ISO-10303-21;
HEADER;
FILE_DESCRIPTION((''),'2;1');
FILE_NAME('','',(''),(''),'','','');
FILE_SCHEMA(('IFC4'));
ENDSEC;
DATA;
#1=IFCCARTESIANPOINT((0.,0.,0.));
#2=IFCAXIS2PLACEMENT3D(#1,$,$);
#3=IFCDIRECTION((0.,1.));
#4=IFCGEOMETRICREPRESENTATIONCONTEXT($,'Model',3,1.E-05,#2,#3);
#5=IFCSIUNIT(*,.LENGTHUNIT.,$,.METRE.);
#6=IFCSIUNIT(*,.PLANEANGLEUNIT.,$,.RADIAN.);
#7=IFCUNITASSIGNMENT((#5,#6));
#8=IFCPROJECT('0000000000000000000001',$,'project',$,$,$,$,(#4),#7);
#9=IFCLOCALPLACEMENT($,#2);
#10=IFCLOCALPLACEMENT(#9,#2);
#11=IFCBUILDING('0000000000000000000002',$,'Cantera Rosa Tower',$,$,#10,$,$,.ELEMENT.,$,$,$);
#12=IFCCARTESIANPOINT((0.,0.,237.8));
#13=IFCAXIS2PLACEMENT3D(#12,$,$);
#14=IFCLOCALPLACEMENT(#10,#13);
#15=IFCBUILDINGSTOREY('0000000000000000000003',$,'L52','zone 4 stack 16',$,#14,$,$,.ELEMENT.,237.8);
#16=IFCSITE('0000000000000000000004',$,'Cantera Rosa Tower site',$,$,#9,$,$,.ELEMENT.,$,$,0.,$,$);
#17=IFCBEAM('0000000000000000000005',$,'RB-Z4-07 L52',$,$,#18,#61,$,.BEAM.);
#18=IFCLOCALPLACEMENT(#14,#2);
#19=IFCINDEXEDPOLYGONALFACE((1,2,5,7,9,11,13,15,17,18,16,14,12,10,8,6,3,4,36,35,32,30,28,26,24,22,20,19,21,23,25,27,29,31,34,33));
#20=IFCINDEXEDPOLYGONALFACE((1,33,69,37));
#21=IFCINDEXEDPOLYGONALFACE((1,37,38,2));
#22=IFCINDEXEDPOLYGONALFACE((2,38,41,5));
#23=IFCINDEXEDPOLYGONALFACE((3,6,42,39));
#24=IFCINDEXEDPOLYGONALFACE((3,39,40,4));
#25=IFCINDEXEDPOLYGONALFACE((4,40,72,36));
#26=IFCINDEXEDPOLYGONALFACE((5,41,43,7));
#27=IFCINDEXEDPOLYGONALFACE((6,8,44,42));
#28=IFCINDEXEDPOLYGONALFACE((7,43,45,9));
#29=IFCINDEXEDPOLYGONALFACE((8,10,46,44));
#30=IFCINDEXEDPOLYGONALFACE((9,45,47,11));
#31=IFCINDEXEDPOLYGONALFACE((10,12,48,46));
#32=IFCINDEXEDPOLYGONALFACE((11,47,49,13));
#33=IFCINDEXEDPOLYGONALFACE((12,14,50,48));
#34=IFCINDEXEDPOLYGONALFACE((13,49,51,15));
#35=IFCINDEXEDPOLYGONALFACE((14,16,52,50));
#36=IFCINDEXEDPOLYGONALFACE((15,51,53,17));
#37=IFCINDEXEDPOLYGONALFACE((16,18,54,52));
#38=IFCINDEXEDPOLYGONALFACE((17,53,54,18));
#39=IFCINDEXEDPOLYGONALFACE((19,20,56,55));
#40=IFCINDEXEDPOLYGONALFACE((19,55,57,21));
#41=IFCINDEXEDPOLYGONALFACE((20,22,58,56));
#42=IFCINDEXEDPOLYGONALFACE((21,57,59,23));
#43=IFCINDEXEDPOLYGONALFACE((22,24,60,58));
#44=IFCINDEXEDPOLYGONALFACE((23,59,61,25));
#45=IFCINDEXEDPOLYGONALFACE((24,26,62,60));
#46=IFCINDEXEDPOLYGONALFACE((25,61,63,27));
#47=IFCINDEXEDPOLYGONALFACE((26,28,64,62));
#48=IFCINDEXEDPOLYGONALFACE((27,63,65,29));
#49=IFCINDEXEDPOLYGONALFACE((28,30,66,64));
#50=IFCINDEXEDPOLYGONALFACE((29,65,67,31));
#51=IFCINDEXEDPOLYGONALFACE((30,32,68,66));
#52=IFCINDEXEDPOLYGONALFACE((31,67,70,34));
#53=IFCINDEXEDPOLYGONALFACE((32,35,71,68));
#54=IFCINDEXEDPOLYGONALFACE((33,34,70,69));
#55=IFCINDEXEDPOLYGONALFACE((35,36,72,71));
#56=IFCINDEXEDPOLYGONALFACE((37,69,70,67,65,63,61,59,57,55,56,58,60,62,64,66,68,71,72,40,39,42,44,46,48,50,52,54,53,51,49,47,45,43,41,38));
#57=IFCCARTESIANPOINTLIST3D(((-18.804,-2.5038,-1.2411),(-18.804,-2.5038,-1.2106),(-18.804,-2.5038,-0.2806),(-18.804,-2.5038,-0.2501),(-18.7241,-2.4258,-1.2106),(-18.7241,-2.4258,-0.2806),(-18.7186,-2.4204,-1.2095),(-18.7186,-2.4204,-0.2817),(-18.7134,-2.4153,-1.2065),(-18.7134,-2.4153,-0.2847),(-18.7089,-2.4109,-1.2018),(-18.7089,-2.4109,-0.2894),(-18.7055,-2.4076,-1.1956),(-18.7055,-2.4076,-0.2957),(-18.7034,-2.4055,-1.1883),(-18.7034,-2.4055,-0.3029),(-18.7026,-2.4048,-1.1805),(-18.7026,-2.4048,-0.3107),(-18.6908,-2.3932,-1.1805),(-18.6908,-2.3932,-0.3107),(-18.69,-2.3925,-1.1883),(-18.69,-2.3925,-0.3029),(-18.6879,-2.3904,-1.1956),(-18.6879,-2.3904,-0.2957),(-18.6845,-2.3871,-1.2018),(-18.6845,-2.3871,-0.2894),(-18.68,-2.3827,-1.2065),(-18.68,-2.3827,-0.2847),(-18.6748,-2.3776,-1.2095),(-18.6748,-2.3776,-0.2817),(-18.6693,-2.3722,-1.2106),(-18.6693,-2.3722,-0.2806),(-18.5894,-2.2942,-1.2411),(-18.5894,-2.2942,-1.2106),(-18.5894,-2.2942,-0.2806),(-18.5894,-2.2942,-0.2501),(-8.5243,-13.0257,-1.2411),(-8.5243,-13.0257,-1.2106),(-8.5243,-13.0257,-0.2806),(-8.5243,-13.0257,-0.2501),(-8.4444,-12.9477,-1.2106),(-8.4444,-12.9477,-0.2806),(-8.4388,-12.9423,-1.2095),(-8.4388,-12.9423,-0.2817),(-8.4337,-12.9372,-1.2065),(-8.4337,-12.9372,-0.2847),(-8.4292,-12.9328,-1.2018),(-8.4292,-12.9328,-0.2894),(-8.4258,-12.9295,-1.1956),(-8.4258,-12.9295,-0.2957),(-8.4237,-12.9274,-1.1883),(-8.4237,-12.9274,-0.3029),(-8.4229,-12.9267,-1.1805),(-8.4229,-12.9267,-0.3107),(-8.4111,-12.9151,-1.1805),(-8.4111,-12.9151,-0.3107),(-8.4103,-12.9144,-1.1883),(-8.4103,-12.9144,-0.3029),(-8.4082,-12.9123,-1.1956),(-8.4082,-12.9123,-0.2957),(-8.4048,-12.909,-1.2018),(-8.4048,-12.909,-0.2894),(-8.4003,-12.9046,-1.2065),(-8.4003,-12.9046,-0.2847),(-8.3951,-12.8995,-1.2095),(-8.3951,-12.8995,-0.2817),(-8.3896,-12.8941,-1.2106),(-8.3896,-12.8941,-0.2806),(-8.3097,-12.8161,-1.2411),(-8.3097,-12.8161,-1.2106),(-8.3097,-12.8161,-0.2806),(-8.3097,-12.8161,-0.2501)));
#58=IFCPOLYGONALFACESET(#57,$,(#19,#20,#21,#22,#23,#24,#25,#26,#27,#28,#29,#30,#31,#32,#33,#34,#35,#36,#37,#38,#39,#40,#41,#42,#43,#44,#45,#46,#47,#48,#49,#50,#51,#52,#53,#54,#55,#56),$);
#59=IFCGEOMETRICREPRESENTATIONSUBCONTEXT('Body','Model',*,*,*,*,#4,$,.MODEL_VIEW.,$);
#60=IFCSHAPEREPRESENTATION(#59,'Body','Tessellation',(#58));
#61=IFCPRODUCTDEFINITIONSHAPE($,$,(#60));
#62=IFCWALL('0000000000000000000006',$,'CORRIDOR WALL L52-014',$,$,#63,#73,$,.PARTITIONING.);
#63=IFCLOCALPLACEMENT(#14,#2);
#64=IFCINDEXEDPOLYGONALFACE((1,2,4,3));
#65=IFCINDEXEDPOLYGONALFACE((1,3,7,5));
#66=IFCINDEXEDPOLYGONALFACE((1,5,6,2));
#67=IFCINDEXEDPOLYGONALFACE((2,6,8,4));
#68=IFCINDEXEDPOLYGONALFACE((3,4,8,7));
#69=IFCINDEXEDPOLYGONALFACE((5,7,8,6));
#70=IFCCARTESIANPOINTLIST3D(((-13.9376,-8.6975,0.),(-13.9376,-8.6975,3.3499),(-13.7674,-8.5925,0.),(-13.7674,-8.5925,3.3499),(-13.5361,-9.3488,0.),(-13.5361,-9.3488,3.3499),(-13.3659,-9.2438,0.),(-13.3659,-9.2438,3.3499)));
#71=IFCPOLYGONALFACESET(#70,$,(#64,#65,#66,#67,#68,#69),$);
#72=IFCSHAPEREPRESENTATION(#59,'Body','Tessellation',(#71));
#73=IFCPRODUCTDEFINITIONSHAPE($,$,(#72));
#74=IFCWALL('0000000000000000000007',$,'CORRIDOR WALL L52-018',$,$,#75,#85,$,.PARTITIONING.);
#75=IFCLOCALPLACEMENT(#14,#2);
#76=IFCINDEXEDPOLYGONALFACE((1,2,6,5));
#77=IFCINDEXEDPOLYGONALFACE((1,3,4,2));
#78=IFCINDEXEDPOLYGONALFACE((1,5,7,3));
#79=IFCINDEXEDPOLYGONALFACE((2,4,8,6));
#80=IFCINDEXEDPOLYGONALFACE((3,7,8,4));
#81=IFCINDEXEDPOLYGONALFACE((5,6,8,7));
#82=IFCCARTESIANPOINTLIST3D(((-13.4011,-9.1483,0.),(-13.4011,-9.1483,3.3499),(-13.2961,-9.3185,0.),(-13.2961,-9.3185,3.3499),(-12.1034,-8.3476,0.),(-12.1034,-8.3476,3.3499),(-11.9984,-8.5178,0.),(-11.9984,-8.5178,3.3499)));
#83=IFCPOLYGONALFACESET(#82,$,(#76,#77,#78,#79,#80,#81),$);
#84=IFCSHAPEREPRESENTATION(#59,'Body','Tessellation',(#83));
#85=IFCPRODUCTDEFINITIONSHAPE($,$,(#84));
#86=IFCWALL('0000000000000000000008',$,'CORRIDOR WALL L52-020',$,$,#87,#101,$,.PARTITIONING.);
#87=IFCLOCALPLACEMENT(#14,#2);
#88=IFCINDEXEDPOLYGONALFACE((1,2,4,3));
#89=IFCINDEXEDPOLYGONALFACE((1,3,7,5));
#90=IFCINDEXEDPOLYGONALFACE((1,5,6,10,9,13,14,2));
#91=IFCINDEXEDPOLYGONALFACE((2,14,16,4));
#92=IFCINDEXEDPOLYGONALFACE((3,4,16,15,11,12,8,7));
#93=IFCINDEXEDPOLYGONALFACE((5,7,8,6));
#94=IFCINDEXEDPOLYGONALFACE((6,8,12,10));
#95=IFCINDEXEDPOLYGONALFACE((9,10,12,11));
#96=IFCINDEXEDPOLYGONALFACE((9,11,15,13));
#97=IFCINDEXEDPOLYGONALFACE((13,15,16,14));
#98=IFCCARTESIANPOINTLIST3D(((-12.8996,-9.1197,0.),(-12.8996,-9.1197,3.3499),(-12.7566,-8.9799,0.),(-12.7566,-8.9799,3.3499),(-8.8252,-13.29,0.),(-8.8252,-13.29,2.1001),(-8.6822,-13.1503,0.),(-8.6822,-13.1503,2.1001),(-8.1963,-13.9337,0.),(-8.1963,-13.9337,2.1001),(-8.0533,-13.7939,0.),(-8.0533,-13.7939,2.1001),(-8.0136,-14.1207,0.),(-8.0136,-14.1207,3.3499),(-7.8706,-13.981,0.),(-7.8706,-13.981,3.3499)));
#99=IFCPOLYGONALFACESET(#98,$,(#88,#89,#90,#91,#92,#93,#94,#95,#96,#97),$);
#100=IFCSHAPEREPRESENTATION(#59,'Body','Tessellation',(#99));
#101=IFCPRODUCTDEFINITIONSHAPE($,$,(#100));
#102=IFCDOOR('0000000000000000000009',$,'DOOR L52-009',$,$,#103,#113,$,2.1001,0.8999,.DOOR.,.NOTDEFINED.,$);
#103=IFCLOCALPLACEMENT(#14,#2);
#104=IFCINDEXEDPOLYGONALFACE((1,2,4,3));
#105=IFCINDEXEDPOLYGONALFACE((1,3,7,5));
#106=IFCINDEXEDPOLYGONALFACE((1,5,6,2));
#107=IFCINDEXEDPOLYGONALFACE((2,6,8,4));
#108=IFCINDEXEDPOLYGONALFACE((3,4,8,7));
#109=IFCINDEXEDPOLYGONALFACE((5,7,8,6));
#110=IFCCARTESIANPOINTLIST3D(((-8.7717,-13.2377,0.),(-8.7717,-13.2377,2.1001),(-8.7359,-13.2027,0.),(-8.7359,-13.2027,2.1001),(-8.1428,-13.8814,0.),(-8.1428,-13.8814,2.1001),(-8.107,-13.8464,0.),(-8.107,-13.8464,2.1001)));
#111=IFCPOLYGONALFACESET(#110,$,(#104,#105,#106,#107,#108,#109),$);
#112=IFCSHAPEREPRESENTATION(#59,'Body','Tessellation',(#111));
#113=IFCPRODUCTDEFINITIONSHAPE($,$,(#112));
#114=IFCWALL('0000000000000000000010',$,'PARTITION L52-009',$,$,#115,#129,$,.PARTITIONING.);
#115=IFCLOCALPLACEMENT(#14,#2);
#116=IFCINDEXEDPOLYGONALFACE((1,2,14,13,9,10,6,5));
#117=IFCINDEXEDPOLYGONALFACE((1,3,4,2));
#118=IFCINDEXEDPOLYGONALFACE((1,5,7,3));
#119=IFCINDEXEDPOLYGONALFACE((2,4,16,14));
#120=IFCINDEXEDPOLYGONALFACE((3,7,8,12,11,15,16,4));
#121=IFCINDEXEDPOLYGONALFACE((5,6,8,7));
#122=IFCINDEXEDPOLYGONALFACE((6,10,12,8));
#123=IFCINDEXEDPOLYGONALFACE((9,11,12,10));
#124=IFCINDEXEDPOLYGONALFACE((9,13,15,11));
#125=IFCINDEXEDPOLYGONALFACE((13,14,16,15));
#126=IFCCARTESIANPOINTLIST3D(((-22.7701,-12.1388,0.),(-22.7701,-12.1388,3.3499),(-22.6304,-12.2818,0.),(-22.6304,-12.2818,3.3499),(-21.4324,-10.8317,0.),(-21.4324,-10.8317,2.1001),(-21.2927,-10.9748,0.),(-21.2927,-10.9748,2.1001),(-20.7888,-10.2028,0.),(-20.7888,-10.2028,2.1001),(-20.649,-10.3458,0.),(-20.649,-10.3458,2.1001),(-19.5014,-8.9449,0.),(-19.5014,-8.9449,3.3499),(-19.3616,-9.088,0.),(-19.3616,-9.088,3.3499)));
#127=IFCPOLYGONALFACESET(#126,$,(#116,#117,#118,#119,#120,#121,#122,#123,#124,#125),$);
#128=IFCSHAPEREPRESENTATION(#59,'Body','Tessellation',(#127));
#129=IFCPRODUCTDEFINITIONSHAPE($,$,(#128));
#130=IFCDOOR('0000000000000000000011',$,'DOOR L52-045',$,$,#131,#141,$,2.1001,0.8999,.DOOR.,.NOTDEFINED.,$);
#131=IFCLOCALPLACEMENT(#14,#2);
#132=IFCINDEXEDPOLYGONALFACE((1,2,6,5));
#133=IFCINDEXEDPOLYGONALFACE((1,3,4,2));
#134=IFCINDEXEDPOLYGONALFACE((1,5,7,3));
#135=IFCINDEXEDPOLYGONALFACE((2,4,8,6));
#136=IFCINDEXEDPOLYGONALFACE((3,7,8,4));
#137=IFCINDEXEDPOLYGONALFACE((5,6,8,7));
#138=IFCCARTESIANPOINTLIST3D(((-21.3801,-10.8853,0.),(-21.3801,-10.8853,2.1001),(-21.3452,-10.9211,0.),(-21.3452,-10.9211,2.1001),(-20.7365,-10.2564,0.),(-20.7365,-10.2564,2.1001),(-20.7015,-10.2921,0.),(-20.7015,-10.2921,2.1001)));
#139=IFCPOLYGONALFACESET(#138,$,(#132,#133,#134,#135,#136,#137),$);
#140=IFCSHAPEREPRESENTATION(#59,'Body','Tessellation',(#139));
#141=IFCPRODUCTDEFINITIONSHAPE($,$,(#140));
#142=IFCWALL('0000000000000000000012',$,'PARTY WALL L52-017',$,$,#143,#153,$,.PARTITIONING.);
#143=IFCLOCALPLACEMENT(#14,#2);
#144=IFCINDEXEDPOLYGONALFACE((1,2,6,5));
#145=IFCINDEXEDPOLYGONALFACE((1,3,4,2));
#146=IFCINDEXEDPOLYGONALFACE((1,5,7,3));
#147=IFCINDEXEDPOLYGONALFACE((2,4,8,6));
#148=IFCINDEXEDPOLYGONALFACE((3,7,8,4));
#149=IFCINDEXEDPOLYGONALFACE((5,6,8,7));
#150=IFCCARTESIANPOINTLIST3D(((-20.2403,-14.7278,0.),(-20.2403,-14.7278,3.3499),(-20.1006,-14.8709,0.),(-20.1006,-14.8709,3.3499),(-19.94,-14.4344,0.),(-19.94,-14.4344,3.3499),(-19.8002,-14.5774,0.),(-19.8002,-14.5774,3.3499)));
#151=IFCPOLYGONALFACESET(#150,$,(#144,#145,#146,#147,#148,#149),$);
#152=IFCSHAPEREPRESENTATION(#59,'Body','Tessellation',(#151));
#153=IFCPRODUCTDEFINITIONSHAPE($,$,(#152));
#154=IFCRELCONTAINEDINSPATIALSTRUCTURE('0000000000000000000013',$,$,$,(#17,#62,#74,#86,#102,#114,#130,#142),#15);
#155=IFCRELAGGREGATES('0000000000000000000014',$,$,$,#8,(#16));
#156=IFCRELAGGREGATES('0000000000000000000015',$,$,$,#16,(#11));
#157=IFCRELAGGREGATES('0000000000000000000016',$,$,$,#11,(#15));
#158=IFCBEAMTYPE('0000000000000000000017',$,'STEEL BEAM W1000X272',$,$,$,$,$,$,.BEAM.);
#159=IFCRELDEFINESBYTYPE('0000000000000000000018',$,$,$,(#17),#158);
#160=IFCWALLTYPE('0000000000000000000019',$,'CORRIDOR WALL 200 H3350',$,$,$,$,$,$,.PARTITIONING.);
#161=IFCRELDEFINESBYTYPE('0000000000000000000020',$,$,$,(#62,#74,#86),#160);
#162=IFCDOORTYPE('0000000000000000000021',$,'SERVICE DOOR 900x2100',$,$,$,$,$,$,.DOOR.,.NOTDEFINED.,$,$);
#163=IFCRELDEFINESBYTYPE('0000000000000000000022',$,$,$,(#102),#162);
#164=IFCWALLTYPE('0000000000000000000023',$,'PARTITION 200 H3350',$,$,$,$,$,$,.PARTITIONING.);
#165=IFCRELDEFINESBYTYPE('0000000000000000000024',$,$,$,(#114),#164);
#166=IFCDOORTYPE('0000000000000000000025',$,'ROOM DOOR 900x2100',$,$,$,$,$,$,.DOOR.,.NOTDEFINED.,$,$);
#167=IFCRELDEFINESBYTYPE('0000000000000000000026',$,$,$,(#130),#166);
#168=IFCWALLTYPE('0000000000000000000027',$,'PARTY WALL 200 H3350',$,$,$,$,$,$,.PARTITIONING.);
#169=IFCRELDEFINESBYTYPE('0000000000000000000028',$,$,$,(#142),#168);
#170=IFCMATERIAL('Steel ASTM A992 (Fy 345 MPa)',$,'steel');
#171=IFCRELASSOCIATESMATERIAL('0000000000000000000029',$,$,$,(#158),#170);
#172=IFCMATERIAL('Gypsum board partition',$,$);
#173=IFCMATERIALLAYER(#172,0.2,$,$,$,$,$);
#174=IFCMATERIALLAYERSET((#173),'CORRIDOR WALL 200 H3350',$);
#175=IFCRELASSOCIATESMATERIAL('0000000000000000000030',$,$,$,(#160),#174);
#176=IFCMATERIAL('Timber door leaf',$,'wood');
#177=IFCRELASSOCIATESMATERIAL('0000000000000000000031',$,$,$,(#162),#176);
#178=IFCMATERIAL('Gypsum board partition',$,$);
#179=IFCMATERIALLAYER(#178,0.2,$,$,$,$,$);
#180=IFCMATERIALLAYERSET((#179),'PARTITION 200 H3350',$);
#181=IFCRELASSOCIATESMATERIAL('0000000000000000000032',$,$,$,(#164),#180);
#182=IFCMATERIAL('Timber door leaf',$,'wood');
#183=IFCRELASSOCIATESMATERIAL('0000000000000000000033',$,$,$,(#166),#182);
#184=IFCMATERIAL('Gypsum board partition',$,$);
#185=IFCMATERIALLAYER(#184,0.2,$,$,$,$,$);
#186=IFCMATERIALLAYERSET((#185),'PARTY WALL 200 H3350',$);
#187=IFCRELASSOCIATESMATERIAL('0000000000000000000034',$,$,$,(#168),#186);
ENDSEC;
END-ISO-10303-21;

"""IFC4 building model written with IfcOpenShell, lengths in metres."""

from ifc_helpers import new_model, si_unit, direction, frame, frame_2d, origin, origin_2d, place, context, subcontext, project, spatial, rectangle, i_section, extrude, material, layer, layer_set, material_profile, profile_set, type_object, element, fill, save


model = new_model("IFC4")

# Units and contexts
model_context = context("Model", 3, precision=1e-05, world=origin(), true_north=direction((0.0, 1.0)))
body_context = subcontext(model_context, "Body", "Model", "MODEL_VIEW")
ifc_project = project(units=[si_unit("LENGTHUNIT", "METRE"), si_unit("PLANEANGLEUNIT", "RADIAN")], contexts=[model_context])

# Site, building, storey
site_placement = place(None, origin())
site = spatial("IfcSite", under=ifc_project, at=site_placement, Name="Cantera Rosa Tower site", CompositionType="ELEMENT", RefElevation=0.0)
building_placement = place(site_placement, origin())
building = spatial("IfcBuilding", under=site, at=building_placement, Name="Cantera Rosa Tower", CompositionType="ELEMENT")
storey_placement = place(building_placement, frame((0.0, 0.0, 237.8)))
storey = spatial("IfcBuildingStorey", under=building, at=storey_placement, Name="L52", Description="zone 4 stack 16", CompositionType="ELEMENT", Elevation=237.8)

# Beam
ifc_material_1 = material(Name="Steel ASTM A992 (Fy 345 MPa)", Category="steel")
ifc_material_profile = material_profile(ifc_material_1, i_section(OverallWidth=0.3, OverallDepth=0.991, WebThickness=0.0166, FlangeThickness=0.0305, FilletRadius=0.03, at=origin_2d()), Name="W1000X272")
ifc_profile_set = profile_set([ifc_material_profile], Name="Steel ASTM A992 (Fy 345 MPa)")
beam_type = type_object("IfcBeamType", Name="STEEL BEAM W1000X272", PredefinedType="BEAM", material=ifc_profile_set)
beam_placement = place(storey_placement, frame((-8.417, -12.9209, -0.7456), z_axis=(-0.698827, 0.715291, 0.0), x_axis=(-0.715291, -0.698827, 0.0)))
element("IfcBeam", 1, at=beam_placement, inside=storey, type_object=beam_type, Name="RB-Z4-07 L52", PredefinedType="BEAM", context=body_context, shape_type="SweptSolid", body=[
    extrude(i_section(OverallWidth=0.3, OverallDepth=0.991, WebThickness=0.0166, FlangeThickness=0.0305, FilletRadius=0.03, at=origin_2d()), origin(), (0.0, 0.0, 1.0), 14.71),
])

# Walls
ifc_material_2 = material(Name="Gypsum board partition")
ifc_layer_1 = layer(ifc_material_2, 0.2)
ifc_layer_set_1 = layer_set([ifc_layer_1], Name="CORRIDOR WALL 200 H3350")
wall_type_1 = type_object("IfcWallType", Name="CORRIDOR WALL 200 H3350", PredefinedType="PARTITIONING", material=ifc_layer_set_1)
wall_1_placement = place(storey_placement, frame((-13.8525, -8.645, 0.0), z_axis=(0.0, 0.0, 1.0), x_axis=(0.524827, -0.851209, 0.0)))
element("IfcWall", 2, at=wall_1_placement, inside=storey, type_object=wall_type_1, Name="CORRIDOR WALL L52-014", PredefinedType="PARTITIONING", context=body_context, shape_type="SweptSolid", body=[
    extrude(rectangle(XDim=0.7651, YDim=0.2, at=frame_2d((0.3826, 0.0))), origin(), (0.0, 0.0, 1.0), 3.3499),
])
wall_2_placement = place(storey_placement, frame((-13.3486, -9.2334, 0.0), z_axis=(0.0, 0.0, 1.0), x_axis=(0.851042, 0.525097, 0.0)))
element("IfcWall", 3, at=wall_2_placement, inside=storey, type_object=wall_type_1, Name="CORRIDOR WALL L52-018", PredefinedType="PARTITIONING", context=body_context, shape_type="SweptSolid", body=[
    extrude(rectangle(XDim=1.5249, YDim=0.2, at=frame_2d((0.7625, 0.0))), origin(), (0.0, 0.0, 1.0), 3.3499),
])

# Wall, opening, door
wall_3_placement = place(storey_placement, frame((-12.8281, -9.0498, 0.0), z_axis=(0.0, 0.0, 1.0), x_axis=(0.698836, -0.715282, 0.0)))
wall_3 = element("IfcWall", 4, at=wall_3_placement, inside=storey, type_object=wall_type_1, Name="CORRIDOR WALL L52-020", PredefinedType="PARTITIONING", context=body_context, shape_type="SweptSolid", body=[
    extrude(rectangle(XDim=6.9917, YDim=0.2, at=frame_2d((3.4958, 0.0))), origin(), (0.0, 0.0, 1.0), 3.3499),
])
opening_1_placement = place(wall_3_placement, frame((5.8303, 0.0, 0.0)))
opening_1 = element("IfcOpeningElement", 5, at=opening_1_placement, cuts=wall_3, PredefinedType="OPENING", context=body_context, shape_type="SweptSolid", body=[
    extrude(rectangle(XDim=0.8999, YDim=2.1001, at=frame_2d((0.45, 1.05))), frame((0.0, 0.1099, 0.0), z_axis=(0.0, -1.0, 0.0), x_axis=(1.0, 0.0, 0.0)), (0.0, 0.0, 1.0), 0.22),
])
ifc_material_3 = material(Name="Timber door leaf", Category="wood")
door_type_1 = type_object("IfcDoorType", Name="SERVICE DOOR 900x2100", OperationType="NOTDEFINED", PredefinedType="DOOR", material=ifc_material_3)
door_1_placement = place(opening_1_placement, origin())
door_1 = element("IfcDoor", 6, at=door_1_placement, inside=storey, type_object=door_type_1, Name="DOOR L52-009", OperationType="NOTDEFINED", OverallHeight=2.1001, OverallWidth=0.8999, PredefinedType="DOOR", context=body_context, shape_type="SweptSolid", body=[
    extrude(rectangle(XDim=0.8999, YDim=2.1001, at=frame_2d((0.45, 1.05))), frame((0.0, 0.0249, 0.0), z_axis=(0.0, -1.0, 0.0), x_axis=(1.0, 0.0, 0.0)), (0.0, 0.0, 1.0), 0.05),
])
fill(opening_1, door_1)

# Wall, opening, door
ifc_material_4 = material(Name="Gypsum board partition")
ifc_layer_2 = layer(ifc_material_4, 0.2)
ifc_layer_set_2 = layer_set([ifc_layer_2], Name="PARTITION 200 H3350")
wall_type_2 = type_object("IfcWallType", Name="PARTITION 200 H3350", PredefinedType="PARTITIONING", material=ifc_layer_set_2)
wall_4_placement = place(storey_placement, frame((-19.4314, -9.0164, 0.0), z_axis=(0.0, 0.0, 1.0), x_axis=(-0.715259, -0.698859, 0.0)))
wall_4 = element("IfcWall", 7, at=wall_4_placement, inside=storey, type_object=wall_type_2, Name="PARTITION L52-009", PredefinedType="PARTITIONING", context=body_context, shape_type="SweptSolid", body=[
    extrude(rectangle(XDim=4.5701, YDim=0.2, at=frame_2d((2.2852, 0.0))), origin(), (0.0, 0.0, 1.0), 3.3499),
])
opening_2_placement = place(wall_4_placement, frame((1.8, 0.0, 0.0)))
opening_2 = element("IfcOpeningElement", 8, at=opening_2_placement, cuts=wall_4, PredefinedType="OPENING", context=body_context, shape_type="SweptSolid", body=[
    extrude(rectangle(XDim=0.8999, YDim=2.1001, at=frame_2d((0.45, 1.05))), frame((0.0, 0.1099, 0.0), z_axis=(0.0, -1.0, 0.0), x_axis=(1.0, 0.0, 0.0)), (0.0, 0.0, 1.0), 0.22),
])
ifc_material_5 = material(Name="Timber door leaf", Category="wood")
door_type_2 = type_object("IfcDoorType", Name="ROOM DOOR 900x2100", OperationType="NOTDEFINED", PredefinedType="DOOR", material=ifc_material_5)
door_2_placement = place(opening_2_placement, origin())
door_2 = element("IfcDoor", 9, at=door_2_placement, inside=storey, type_object=door_type_2, Name="DOOR L52-045", OperationType="NOTDEFINED", OverallHeight=2.1001, OverallWidth=0.8999, PredefinedType="DOOR", context=body_context, shape_type="SweptSolid", body=[
    extrude(rectangle(XDim=0.8999, YDim=2.1001, at=frame_2d((0.45, 1.05))), frame((0.0, 0.0249, 0.0), z_axis=(0.0, -1.0, 0.0), x_axis=(1.0, 0.0, 0.0)), (0.0, 0.0, 1.0), 0.05),
])
fill(opening_2, door_2)

# Wall
ifc_material_6 = material(Name="Gypsum board partition")
ifc_layer_3 = layer(ifc_material_6, 0.2)
ifc_layer_set_3 = layer_set([ifc_layer_3], Name="PARTY WALL 200 H3350")
wall_type_3 = type_object("IfcWallType", Name="PARTY WALL 200 H3350", PredefinedType="PARTITIONING", material=ifc_layer_set_3)
wall_5_placement = place(storey_placement, frame((-19.8701, -14.5059, 0.0), z_axis=(0.0, 0.0, 1.0), x_axis=(-0.7152, -0.698919, 0.0)))
element("IfcWall", 10, at=wall_5_placement, inside=storey, type_object=wall_type_3, Name="PARTY WALL L52-017", PredefinedType="PARTITIONING", context=body_context, shape_type="SweptSolid", body=[
    extrude(rectangle(XDim=0.4199, YDim=0.2, at=frame_2d((0.21, 0.0))), origin(), (0.0, 0.0, 1.0), 3.3499),
])

save(model, "model.ifc")
